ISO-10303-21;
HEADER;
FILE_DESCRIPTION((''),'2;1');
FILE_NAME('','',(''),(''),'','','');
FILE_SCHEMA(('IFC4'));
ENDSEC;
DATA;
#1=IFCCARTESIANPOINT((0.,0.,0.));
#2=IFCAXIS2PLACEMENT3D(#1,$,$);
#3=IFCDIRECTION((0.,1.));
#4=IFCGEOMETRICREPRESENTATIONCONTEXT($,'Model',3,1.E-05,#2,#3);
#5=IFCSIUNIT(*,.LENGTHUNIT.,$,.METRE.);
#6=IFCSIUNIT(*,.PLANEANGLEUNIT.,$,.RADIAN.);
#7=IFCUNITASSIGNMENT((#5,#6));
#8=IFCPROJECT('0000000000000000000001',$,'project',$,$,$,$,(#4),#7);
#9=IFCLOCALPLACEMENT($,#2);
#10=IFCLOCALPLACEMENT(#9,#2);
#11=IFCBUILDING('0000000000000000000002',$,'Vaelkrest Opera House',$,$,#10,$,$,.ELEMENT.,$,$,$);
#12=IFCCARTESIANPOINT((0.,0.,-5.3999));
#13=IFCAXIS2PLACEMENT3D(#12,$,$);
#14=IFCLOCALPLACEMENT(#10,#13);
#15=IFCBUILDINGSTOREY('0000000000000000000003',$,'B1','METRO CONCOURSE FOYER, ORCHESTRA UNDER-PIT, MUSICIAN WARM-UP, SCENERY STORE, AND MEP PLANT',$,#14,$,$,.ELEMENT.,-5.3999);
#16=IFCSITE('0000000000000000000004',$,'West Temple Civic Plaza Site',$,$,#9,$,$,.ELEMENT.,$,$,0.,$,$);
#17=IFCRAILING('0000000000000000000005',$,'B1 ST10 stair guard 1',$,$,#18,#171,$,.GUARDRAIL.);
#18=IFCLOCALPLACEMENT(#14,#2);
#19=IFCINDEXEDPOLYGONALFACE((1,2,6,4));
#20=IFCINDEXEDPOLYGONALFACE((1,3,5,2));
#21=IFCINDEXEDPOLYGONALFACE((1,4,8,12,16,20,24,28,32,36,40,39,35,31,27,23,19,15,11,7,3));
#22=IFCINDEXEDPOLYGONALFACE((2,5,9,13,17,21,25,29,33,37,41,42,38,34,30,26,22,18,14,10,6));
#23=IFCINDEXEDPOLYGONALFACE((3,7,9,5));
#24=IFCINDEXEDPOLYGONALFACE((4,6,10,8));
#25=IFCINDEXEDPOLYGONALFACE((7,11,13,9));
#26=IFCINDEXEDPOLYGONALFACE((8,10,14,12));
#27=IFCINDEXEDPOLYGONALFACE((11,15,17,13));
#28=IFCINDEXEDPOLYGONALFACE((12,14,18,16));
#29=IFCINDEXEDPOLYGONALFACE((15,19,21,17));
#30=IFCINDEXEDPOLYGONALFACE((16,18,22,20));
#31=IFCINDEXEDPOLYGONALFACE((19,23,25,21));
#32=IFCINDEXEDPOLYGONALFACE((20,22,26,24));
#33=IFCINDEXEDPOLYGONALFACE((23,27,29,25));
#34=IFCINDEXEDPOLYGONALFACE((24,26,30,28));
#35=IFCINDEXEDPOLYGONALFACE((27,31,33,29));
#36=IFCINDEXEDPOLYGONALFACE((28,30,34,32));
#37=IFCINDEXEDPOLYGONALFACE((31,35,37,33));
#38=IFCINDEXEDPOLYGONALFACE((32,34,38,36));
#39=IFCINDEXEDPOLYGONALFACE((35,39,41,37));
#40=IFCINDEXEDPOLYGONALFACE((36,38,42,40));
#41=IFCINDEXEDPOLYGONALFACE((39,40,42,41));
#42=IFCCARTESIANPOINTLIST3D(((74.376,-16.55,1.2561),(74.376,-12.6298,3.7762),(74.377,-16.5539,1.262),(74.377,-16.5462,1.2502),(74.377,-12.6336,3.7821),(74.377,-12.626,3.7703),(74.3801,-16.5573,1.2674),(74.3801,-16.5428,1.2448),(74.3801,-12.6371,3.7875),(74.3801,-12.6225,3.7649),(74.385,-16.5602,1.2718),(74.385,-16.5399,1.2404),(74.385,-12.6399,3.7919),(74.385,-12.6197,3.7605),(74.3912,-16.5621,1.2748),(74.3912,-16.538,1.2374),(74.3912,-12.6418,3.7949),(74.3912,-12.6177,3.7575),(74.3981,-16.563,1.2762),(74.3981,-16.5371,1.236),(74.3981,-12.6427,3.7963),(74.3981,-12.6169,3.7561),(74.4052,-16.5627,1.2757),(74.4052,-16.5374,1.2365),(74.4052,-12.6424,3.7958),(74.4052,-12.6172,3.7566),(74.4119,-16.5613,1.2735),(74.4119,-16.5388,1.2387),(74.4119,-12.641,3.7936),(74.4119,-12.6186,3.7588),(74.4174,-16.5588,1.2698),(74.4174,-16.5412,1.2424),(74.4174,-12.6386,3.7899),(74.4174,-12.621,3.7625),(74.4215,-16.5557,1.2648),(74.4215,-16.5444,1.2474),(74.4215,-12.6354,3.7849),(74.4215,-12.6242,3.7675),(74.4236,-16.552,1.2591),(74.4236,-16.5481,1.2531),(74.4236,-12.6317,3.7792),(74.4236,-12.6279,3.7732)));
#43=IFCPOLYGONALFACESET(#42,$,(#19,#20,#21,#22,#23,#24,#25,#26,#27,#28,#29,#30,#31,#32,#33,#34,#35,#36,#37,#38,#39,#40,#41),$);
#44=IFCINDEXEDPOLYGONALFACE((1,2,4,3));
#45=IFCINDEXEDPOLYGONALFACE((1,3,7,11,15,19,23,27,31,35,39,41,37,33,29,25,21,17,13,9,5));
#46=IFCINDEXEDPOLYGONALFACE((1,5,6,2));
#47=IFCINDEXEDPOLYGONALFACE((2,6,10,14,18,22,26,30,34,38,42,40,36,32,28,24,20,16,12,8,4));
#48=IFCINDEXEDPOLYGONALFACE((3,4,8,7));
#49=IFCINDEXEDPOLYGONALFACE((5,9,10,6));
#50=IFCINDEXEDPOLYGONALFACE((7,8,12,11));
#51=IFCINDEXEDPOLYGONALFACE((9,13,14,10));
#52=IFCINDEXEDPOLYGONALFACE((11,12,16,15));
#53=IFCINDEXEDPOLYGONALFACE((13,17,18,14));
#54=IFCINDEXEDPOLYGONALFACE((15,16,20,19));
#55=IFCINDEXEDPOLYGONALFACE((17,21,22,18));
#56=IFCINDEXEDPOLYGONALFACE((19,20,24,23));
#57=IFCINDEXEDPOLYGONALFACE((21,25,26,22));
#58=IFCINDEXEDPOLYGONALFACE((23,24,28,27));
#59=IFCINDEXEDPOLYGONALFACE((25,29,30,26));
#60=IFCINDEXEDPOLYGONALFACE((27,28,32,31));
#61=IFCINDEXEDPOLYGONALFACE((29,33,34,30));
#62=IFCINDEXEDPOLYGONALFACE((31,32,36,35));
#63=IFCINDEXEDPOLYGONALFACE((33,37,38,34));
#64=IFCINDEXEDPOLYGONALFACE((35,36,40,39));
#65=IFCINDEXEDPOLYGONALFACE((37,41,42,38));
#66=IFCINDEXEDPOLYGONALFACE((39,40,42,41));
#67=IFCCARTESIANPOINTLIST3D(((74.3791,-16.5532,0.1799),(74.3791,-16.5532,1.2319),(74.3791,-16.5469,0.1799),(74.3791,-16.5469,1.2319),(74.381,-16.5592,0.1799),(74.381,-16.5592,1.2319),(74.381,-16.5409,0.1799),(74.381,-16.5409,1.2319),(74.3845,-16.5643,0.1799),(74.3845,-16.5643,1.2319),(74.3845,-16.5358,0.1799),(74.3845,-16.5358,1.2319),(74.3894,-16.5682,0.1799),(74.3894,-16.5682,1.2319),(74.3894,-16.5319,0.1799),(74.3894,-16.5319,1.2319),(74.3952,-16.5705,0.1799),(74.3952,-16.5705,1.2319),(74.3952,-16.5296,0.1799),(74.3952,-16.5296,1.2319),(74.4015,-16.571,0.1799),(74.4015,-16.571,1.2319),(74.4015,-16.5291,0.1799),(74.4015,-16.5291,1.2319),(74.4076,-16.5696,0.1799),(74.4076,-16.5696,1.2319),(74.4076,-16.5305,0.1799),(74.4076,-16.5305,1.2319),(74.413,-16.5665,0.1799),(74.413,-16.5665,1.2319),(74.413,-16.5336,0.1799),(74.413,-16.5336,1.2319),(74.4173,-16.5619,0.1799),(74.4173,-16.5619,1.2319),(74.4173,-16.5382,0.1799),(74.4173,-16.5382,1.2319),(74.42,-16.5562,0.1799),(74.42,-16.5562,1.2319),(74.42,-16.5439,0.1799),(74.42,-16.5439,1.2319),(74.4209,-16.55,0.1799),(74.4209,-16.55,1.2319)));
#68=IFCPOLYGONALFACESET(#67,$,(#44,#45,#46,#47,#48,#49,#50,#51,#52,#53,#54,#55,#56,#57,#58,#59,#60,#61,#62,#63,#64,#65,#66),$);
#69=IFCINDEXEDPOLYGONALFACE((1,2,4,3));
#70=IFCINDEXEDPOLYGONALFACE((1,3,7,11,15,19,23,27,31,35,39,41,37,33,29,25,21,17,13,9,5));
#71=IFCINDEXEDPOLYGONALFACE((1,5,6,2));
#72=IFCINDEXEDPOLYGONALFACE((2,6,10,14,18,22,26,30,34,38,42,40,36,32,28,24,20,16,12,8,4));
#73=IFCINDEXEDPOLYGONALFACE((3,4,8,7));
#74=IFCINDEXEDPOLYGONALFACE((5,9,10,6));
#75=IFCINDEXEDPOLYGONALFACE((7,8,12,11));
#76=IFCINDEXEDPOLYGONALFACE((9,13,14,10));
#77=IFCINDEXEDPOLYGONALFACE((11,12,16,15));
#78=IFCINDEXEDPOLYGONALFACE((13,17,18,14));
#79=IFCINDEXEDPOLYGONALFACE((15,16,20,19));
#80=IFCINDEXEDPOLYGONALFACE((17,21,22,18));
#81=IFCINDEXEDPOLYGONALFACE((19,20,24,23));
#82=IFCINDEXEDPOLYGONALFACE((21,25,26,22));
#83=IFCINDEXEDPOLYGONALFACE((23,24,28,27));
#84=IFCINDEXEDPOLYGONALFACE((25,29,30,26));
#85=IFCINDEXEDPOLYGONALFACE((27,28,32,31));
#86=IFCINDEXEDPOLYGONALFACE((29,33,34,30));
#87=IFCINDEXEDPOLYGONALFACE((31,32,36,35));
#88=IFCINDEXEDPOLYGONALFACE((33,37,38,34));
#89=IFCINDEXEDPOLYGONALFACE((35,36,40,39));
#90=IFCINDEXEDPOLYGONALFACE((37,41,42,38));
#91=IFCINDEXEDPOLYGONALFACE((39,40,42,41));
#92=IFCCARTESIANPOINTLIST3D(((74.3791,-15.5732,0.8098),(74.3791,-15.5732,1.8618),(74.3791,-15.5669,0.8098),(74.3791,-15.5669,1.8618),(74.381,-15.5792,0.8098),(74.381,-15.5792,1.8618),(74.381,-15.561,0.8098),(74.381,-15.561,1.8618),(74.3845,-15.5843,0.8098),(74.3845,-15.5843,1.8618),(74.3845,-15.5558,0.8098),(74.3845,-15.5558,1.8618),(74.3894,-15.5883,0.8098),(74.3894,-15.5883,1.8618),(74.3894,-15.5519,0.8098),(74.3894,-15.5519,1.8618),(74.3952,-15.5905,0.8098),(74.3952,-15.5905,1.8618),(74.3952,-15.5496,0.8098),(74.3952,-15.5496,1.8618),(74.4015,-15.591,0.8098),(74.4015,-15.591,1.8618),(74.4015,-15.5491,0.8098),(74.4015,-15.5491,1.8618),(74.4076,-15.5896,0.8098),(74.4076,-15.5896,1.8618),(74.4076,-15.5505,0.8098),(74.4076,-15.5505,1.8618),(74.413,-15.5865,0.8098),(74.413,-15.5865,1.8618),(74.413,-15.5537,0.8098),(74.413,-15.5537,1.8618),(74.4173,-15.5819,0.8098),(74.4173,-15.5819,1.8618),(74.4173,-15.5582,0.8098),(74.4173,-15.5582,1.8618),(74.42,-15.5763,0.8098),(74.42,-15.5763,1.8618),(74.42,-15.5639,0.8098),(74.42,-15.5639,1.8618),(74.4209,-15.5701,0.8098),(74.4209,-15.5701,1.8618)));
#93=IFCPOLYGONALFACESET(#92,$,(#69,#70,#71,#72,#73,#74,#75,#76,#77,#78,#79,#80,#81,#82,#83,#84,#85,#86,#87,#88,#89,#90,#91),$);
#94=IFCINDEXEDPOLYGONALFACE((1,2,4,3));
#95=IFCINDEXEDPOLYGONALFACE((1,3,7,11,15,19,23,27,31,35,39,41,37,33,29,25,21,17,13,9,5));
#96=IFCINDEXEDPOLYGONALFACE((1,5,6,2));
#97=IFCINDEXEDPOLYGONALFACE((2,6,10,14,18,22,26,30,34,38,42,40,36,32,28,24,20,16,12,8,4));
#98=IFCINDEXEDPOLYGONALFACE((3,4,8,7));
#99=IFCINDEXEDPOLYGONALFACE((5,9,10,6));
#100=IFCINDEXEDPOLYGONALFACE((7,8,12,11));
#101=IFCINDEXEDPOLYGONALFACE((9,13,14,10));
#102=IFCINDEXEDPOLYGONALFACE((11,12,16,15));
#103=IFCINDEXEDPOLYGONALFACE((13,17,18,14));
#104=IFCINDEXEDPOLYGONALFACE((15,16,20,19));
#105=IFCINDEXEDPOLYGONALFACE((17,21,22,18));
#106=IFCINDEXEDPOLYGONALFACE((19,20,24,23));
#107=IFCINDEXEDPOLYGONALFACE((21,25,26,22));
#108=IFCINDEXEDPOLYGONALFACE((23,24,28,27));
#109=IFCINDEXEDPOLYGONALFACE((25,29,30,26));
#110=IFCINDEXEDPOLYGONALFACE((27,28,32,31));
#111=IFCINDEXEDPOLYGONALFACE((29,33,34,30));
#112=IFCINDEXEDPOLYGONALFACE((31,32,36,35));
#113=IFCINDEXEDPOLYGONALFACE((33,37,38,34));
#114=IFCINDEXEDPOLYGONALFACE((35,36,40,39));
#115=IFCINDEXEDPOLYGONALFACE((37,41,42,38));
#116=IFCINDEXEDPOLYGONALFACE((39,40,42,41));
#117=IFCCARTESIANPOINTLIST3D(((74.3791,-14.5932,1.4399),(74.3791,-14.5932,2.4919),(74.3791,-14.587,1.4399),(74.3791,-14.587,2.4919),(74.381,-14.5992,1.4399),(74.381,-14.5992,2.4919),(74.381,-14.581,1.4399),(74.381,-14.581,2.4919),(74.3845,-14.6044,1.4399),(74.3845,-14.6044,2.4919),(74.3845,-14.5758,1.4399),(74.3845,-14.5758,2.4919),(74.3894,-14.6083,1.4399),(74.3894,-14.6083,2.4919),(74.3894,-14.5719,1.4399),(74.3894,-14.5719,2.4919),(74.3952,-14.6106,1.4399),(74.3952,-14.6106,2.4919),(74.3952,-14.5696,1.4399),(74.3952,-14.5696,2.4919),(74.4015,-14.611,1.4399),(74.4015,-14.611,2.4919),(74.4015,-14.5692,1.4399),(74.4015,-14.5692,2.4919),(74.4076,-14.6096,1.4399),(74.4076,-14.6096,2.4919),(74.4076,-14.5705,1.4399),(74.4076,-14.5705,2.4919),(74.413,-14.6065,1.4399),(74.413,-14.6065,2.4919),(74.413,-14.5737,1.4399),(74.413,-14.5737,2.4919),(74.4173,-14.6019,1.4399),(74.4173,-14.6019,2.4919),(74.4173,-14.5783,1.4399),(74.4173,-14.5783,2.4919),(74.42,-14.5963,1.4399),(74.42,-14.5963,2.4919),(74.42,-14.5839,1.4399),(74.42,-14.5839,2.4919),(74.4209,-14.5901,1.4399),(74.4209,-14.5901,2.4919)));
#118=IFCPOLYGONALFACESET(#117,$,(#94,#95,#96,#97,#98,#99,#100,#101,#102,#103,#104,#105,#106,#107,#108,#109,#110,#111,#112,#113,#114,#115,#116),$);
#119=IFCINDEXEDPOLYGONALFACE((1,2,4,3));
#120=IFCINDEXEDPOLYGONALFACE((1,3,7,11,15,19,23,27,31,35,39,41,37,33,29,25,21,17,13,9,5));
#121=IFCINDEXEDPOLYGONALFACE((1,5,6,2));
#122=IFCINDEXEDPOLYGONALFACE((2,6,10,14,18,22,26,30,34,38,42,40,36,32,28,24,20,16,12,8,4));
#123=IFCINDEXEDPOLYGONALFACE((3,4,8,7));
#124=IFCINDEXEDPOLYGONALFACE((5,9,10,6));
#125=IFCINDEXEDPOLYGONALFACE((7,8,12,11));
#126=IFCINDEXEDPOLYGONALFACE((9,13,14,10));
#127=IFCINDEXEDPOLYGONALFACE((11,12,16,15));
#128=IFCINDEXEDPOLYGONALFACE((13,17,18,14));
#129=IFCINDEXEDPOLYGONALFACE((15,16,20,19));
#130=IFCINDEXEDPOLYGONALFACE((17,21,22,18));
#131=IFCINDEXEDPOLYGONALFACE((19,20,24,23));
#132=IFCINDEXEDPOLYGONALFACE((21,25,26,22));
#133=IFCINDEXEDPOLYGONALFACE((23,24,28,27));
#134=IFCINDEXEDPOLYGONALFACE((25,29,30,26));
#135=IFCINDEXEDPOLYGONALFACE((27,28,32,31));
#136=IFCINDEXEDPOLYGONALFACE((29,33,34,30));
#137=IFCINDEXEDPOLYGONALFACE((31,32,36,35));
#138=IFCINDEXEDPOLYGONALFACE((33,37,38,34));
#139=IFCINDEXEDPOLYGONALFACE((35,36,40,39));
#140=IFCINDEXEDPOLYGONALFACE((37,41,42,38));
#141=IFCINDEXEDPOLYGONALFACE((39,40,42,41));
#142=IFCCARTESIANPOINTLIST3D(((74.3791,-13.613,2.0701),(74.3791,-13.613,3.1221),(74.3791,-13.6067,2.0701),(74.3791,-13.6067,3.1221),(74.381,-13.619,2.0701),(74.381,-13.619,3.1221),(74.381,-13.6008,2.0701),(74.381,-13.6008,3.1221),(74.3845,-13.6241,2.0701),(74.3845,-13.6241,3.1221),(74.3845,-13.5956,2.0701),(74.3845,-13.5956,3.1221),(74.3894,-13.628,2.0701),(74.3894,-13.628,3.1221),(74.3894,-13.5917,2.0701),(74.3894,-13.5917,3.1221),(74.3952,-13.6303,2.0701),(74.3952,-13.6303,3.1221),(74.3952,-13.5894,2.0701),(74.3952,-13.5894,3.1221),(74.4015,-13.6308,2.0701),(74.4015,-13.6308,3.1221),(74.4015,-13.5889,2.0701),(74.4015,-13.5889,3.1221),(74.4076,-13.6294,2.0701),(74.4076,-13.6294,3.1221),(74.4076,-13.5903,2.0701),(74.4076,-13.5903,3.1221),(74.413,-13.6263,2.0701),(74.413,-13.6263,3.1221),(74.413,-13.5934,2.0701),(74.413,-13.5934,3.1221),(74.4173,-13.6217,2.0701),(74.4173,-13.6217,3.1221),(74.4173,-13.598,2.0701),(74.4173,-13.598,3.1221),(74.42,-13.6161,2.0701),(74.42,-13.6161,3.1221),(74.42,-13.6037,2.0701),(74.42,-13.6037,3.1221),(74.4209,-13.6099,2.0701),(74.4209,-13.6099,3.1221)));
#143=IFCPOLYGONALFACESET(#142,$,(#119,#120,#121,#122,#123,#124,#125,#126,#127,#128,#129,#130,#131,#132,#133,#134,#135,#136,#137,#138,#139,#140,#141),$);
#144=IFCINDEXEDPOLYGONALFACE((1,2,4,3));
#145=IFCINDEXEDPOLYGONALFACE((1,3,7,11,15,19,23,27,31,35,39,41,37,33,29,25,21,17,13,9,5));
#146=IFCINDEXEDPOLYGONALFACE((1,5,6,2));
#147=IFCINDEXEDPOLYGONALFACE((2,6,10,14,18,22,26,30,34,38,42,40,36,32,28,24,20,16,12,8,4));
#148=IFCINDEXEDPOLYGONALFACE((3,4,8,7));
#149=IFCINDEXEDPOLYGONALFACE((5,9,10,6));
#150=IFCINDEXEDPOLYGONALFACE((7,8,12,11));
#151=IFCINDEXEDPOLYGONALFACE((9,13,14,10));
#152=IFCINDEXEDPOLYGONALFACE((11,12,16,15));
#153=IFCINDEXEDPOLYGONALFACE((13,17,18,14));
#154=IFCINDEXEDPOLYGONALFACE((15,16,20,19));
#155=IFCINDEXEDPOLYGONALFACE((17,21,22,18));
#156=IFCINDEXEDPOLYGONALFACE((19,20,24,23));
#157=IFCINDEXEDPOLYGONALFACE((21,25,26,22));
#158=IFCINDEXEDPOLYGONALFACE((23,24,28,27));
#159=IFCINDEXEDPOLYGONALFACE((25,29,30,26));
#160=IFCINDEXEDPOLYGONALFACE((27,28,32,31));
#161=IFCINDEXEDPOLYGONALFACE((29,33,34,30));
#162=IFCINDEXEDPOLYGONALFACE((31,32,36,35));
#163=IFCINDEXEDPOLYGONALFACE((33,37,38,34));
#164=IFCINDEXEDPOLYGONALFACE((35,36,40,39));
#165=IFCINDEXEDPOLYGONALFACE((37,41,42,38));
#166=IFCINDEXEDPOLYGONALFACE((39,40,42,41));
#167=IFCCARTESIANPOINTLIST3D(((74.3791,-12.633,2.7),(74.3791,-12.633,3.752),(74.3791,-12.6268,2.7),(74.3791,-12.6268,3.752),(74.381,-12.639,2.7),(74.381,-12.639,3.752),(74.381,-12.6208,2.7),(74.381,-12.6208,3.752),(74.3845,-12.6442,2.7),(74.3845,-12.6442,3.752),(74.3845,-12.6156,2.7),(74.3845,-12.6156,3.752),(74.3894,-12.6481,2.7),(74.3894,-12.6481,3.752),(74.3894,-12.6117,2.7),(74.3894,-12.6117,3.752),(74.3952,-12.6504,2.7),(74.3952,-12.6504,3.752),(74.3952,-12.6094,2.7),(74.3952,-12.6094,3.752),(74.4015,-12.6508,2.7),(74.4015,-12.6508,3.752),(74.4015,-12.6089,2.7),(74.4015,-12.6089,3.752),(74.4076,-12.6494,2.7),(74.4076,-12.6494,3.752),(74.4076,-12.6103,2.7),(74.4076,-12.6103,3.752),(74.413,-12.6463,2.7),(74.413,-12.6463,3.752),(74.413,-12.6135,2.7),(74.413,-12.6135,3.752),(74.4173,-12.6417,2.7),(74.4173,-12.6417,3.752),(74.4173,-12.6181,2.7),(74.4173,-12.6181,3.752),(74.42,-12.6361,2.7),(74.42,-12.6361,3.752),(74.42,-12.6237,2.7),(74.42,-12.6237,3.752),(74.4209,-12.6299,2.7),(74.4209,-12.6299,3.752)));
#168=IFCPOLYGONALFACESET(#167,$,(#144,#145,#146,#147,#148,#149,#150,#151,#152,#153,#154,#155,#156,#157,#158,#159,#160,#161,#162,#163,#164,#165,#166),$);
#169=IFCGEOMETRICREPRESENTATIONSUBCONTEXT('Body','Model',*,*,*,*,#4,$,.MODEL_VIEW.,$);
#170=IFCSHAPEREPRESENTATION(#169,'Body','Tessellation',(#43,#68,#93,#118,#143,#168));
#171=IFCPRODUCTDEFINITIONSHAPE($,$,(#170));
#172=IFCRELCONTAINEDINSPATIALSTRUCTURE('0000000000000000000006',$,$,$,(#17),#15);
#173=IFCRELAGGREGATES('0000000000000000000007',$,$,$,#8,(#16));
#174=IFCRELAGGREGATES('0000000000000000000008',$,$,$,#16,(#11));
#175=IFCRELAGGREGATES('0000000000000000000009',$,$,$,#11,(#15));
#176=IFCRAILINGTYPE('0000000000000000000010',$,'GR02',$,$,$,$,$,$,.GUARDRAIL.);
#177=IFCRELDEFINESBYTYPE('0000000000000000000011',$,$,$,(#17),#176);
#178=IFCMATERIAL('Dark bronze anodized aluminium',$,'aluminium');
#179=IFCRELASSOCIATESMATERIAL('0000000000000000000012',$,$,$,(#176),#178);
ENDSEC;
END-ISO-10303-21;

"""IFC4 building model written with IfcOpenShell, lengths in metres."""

from ifc_helpers import new_model, si_unit, direction, frame, origin, origin_2d, place, context, subcontext, project, spatial, circle, extrude, material, type_object, element, save


model = new_model("IFC4")

# Units and contexts
model_context = context("Model", 3, precision=1e-05, world=origin(), true_north=direction((0.0, 1.0)))
body_context = subcontext(model_context, "Body", "Model", "MODEL_VIEW")
ifc_project = project(units=[si_unit("LENGTHUNIT", "METRE"), si_unit("PLANEANGLEUNIT", "RADIAN")], contexts=[model_context])

# Site, building, storey
site_placement = place(None, origin())
site = spatial("IfcSite", under=ifc_project, at=site_placement, Name="West Temple Civic Plaza Site", CompositionType="ELEMENT", RefElevation=0.0)
building_placement = place(site_placement, origin())
building = spatial("IfcBuilding", under=site, at=building_placement, Name="Vaelkrest Opera House", CompositionType="ELEMENT")
storey_placement = place(building_placement, frame((0.0, 0.0, -5.3999)))
storey = spatial("IfcBuildingStorey", under=building, at=storey_placement, Name="B1", Description="METRO CONCOURSE FOYER, ORCHESTRA UNDER-PIT, MUSICIAN WARM-UP, SCENERY STORE, AND MEP PLANT", CompositionType="ELEMENT", Elevation=-5.3999)

# Railing
ifc_material_1 = material(Name="Dark bronze anodized aluminium", Category="aluminium")
railing_type_1 = type_object("IfcRailingType", Name="GR02", PredefinedType="GUARDRAIL", material=ifc_material_1)
railing_1_placement = place(storey_placement, frame((74.3999, -16.55, 0.1799)))
element("IfcRailing", 1, at=railing_1_placement, inside=storey, type_object=railing_type_1, Name="B1 ST10 stair guard 1", PredefinedType="GUARDRAIL", context=body_context, shape_type="SweptSolid", body=[
    extrude(circle(Radius=0.0239, at=origin_2d()), frame((0.0, 0.0, 1.0762), z_axis=(0.0, 0.841187, 0.540744), x_axis=(-1.0, 0.0, 0.0)), (0.0, 0.0, 1.0), 4.6604),
    extrude(circle(Radius=0.021, at=origin_2d()), origin(), (0.0, 0.0, 1.0), 1.052),
    extrude(circle(Radius=0.021, at=origin_2d()), frame((0.0, 0.98, 0.6299)), (0.0, 0.0, 1.0), 1.052),
    extrude(circle(Radius=0.021, at=origin_2d()), frame((0.0, 1.96, 1.26)), (0.0, 0.0, 1.0), 1.052),
    extrude(circle(Radius=0.021, at=origin_2d()), frame((0.0, 2.9402, 1.8901)), (0.0, 0.0, 1.0), 1.052),
    extrude(circle(Radius=0.021, at=origin_2d()), frame((0.0, 3.9202, 2.52)), (0.0, 0.0, 1.0), 1.052),
])

save(model, "model.ifc")
